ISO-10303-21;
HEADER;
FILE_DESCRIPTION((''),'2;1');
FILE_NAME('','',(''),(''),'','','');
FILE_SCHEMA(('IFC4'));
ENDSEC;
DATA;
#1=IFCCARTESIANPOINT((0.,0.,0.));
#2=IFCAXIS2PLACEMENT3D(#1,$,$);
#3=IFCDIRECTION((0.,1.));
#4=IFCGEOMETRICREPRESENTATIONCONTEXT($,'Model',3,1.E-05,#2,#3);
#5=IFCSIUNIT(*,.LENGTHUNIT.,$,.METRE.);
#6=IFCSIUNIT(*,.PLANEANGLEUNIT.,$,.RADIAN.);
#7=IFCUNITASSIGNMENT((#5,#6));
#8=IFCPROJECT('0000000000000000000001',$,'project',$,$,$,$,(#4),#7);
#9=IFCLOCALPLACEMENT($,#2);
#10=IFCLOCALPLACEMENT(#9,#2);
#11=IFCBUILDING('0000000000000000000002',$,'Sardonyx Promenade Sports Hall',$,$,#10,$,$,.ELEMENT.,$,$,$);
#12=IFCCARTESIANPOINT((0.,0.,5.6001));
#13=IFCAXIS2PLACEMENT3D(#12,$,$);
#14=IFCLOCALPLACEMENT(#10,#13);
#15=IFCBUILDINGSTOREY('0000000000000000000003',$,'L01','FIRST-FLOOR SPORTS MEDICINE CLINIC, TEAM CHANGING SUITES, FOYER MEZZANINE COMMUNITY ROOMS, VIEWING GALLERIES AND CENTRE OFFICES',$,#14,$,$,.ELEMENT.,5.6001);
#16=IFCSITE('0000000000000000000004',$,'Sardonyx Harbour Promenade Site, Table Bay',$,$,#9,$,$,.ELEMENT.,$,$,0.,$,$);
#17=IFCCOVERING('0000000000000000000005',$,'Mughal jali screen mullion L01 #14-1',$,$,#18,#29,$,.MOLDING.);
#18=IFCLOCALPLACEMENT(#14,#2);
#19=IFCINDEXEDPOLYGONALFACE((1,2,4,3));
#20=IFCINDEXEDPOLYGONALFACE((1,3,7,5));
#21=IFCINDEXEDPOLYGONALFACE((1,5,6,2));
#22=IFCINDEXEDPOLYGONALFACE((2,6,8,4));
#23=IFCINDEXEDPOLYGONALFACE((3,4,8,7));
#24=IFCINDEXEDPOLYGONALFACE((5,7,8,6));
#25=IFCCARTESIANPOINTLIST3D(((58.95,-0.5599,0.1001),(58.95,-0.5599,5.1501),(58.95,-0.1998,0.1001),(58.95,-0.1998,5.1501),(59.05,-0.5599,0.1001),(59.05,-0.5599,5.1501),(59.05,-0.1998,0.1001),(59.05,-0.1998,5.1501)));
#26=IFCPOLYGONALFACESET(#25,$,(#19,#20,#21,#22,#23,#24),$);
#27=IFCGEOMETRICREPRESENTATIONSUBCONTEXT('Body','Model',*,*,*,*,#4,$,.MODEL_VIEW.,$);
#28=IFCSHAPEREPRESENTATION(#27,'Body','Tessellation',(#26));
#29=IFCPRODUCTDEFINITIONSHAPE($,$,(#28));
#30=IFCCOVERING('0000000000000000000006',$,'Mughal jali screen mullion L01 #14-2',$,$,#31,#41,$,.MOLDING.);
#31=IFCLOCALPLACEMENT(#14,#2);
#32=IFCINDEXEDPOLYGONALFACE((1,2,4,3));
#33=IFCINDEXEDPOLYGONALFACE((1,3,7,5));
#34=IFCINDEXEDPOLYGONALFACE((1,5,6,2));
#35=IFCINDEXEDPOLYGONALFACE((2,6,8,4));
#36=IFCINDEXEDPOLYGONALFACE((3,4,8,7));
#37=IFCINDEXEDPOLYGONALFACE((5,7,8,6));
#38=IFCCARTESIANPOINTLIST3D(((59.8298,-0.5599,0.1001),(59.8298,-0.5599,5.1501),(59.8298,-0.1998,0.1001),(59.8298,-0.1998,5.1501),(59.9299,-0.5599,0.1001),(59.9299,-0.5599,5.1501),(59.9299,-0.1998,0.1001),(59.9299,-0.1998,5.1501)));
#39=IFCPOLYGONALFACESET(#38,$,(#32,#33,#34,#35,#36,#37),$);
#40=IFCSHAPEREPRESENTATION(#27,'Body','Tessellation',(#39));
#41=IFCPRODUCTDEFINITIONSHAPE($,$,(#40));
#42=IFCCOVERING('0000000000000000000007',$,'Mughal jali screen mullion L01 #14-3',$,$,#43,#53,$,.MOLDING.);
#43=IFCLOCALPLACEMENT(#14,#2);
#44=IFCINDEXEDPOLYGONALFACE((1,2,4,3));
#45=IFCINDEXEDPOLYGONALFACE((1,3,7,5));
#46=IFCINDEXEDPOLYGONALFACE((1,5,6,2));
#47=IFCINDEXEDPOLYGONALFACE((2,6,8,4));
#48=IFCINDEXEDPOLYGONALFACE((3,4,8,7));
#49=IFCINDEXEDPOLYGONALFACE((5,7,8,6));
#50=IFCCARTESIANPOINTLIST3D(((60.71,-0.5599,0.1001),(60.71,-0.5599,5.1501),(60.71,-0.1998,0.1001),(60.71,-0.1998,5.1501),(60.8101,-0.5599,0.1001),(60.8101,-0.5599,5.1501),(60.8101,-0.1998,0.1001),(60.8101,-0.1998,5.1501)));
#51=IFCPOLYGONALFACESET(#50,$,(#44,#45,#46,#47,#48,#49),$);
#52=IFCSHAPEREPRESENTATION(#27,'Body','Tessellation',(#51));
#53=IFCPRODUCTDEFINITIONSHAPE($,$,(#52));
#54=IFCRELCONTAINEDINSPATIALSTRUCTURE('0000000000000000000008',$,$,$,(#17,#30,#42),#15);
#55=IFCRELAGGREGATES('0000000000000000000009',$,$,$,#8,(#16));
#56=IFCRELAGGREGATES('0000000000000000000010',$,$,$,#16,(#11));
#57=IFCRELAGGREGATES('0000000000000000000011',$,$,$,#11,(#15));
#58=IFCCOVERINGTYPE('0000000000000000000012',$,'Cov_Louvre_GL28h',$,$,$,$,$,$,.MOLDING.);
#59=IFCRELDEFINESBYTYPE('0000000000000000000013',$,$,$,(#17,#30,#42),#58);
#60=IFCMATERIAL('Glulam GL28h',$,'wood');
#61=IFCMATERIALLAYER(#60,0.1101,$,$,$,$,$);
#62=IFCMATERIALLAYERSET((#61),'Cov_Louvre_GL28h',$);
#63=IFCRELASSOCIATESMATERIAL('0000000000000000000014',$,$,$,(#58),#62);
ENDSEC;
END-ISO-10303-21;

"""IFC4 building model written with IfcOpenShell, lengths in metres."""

from ifc_helpers import new_model, si_unit, direction, frame, origin, origin_2d, place, context, subcontext, project, spatial, rectangle, extrude, material, layer, layer_set, type_object, element, save


model = new_model("IFC4")

# Units and contexts
model_context = context("Model", 3, precision=1e-05, world=origin(), true_north=direction((0.0, 1.0)))
body_context = subcontext(model_context, "Body", "Model", "MODEL_VIEW")
ifc_project = project(units=[si_unit("LENGTHUNIT", "METRE"), si_unit("PLANEANGLEUNIT", "RADIAN")], contexts=[model_context])

# Site, building, storey
site_placement = place(None, origin())
site = spatial("IfcSite", under=ifc_project, at=site_placement, Name="Sardonyx Harbour Promenade Site, Table Bay", CompositionType="ELEMENT", RefElevation=0.0)
building_placement = place(site_placement, origin())
building = spatial("IfcBuilding", under=site, at=building_placement, Name="Sardonyx Promenade Sports Hall", CompositionType="ELEMENT")
storey_placement = place(building_placement, frame((0.0, 0.0, 5.6001)))
storey = spatial("IfcBuildingStorey", under=building, at=storey_placement, Name="L01", Description="FIRST-FLOOR SPORTS MEDICINE CLINIC, TEAM CHANGING SUITES, FOYER MEZZANINE COMMUNITY ROOMS, VIEWING GALLERIES AND CENTRE OFFICES", CompositionType="ELEMENT", Elevation=5.6001)

# Coverings
ifc_material_1 = material(Name="Glulam GL28h", Category="wood")
ifc_layer_1 = layer(ifc_material_1, 0.1101)
ifc_layer_set_1 = layer_set([ifc_layer_1], Name="Cov_Louvre_GL28h")
covering_type = type_object("IfcCoveringType", Name="Cov_Louvre_GL28h", PredefinedType="MOLDING", material=ifc_layer_set_1)
for number, where, z_axis, x_axis, name in (
    (1, (59.0, -0.3799, 0.1001), (0.0, 0.0, 1.0), (1.0, 0.0, 0.0), "Mughal jali screen mullion L01 #14-1"),
    (2, (59.8799, -0.3799, 0.1001), (0.0, 0.0, 1.0), (1.0, 0.0, 0.0), "Mughal jali screen mullion L01 #14-2"),
    (3, (60.76, -0.3799, 0.1001), (0.0, 0.0, 1.0), (1.0, 0.0, 0.0), "Mughal jali screen mullion L01 #14-3"),
):
    element("IfcCovering", number, at=place(storey_placement, frame(where, z_axis=z_axis, x_axis=x_axis)), inside=storey, type_object=covering_type, Name=name, PredefinedType="MOLDING", context=body_context, shape_type="SweptSolid", body=[
        extrude(rectangle(XDim=0.1001, YDim=0.3601, at=origin_2d()), origin(), (0.0, 0.0, 1.0), 5.05),
    ])

save(model, "model.ifc")
